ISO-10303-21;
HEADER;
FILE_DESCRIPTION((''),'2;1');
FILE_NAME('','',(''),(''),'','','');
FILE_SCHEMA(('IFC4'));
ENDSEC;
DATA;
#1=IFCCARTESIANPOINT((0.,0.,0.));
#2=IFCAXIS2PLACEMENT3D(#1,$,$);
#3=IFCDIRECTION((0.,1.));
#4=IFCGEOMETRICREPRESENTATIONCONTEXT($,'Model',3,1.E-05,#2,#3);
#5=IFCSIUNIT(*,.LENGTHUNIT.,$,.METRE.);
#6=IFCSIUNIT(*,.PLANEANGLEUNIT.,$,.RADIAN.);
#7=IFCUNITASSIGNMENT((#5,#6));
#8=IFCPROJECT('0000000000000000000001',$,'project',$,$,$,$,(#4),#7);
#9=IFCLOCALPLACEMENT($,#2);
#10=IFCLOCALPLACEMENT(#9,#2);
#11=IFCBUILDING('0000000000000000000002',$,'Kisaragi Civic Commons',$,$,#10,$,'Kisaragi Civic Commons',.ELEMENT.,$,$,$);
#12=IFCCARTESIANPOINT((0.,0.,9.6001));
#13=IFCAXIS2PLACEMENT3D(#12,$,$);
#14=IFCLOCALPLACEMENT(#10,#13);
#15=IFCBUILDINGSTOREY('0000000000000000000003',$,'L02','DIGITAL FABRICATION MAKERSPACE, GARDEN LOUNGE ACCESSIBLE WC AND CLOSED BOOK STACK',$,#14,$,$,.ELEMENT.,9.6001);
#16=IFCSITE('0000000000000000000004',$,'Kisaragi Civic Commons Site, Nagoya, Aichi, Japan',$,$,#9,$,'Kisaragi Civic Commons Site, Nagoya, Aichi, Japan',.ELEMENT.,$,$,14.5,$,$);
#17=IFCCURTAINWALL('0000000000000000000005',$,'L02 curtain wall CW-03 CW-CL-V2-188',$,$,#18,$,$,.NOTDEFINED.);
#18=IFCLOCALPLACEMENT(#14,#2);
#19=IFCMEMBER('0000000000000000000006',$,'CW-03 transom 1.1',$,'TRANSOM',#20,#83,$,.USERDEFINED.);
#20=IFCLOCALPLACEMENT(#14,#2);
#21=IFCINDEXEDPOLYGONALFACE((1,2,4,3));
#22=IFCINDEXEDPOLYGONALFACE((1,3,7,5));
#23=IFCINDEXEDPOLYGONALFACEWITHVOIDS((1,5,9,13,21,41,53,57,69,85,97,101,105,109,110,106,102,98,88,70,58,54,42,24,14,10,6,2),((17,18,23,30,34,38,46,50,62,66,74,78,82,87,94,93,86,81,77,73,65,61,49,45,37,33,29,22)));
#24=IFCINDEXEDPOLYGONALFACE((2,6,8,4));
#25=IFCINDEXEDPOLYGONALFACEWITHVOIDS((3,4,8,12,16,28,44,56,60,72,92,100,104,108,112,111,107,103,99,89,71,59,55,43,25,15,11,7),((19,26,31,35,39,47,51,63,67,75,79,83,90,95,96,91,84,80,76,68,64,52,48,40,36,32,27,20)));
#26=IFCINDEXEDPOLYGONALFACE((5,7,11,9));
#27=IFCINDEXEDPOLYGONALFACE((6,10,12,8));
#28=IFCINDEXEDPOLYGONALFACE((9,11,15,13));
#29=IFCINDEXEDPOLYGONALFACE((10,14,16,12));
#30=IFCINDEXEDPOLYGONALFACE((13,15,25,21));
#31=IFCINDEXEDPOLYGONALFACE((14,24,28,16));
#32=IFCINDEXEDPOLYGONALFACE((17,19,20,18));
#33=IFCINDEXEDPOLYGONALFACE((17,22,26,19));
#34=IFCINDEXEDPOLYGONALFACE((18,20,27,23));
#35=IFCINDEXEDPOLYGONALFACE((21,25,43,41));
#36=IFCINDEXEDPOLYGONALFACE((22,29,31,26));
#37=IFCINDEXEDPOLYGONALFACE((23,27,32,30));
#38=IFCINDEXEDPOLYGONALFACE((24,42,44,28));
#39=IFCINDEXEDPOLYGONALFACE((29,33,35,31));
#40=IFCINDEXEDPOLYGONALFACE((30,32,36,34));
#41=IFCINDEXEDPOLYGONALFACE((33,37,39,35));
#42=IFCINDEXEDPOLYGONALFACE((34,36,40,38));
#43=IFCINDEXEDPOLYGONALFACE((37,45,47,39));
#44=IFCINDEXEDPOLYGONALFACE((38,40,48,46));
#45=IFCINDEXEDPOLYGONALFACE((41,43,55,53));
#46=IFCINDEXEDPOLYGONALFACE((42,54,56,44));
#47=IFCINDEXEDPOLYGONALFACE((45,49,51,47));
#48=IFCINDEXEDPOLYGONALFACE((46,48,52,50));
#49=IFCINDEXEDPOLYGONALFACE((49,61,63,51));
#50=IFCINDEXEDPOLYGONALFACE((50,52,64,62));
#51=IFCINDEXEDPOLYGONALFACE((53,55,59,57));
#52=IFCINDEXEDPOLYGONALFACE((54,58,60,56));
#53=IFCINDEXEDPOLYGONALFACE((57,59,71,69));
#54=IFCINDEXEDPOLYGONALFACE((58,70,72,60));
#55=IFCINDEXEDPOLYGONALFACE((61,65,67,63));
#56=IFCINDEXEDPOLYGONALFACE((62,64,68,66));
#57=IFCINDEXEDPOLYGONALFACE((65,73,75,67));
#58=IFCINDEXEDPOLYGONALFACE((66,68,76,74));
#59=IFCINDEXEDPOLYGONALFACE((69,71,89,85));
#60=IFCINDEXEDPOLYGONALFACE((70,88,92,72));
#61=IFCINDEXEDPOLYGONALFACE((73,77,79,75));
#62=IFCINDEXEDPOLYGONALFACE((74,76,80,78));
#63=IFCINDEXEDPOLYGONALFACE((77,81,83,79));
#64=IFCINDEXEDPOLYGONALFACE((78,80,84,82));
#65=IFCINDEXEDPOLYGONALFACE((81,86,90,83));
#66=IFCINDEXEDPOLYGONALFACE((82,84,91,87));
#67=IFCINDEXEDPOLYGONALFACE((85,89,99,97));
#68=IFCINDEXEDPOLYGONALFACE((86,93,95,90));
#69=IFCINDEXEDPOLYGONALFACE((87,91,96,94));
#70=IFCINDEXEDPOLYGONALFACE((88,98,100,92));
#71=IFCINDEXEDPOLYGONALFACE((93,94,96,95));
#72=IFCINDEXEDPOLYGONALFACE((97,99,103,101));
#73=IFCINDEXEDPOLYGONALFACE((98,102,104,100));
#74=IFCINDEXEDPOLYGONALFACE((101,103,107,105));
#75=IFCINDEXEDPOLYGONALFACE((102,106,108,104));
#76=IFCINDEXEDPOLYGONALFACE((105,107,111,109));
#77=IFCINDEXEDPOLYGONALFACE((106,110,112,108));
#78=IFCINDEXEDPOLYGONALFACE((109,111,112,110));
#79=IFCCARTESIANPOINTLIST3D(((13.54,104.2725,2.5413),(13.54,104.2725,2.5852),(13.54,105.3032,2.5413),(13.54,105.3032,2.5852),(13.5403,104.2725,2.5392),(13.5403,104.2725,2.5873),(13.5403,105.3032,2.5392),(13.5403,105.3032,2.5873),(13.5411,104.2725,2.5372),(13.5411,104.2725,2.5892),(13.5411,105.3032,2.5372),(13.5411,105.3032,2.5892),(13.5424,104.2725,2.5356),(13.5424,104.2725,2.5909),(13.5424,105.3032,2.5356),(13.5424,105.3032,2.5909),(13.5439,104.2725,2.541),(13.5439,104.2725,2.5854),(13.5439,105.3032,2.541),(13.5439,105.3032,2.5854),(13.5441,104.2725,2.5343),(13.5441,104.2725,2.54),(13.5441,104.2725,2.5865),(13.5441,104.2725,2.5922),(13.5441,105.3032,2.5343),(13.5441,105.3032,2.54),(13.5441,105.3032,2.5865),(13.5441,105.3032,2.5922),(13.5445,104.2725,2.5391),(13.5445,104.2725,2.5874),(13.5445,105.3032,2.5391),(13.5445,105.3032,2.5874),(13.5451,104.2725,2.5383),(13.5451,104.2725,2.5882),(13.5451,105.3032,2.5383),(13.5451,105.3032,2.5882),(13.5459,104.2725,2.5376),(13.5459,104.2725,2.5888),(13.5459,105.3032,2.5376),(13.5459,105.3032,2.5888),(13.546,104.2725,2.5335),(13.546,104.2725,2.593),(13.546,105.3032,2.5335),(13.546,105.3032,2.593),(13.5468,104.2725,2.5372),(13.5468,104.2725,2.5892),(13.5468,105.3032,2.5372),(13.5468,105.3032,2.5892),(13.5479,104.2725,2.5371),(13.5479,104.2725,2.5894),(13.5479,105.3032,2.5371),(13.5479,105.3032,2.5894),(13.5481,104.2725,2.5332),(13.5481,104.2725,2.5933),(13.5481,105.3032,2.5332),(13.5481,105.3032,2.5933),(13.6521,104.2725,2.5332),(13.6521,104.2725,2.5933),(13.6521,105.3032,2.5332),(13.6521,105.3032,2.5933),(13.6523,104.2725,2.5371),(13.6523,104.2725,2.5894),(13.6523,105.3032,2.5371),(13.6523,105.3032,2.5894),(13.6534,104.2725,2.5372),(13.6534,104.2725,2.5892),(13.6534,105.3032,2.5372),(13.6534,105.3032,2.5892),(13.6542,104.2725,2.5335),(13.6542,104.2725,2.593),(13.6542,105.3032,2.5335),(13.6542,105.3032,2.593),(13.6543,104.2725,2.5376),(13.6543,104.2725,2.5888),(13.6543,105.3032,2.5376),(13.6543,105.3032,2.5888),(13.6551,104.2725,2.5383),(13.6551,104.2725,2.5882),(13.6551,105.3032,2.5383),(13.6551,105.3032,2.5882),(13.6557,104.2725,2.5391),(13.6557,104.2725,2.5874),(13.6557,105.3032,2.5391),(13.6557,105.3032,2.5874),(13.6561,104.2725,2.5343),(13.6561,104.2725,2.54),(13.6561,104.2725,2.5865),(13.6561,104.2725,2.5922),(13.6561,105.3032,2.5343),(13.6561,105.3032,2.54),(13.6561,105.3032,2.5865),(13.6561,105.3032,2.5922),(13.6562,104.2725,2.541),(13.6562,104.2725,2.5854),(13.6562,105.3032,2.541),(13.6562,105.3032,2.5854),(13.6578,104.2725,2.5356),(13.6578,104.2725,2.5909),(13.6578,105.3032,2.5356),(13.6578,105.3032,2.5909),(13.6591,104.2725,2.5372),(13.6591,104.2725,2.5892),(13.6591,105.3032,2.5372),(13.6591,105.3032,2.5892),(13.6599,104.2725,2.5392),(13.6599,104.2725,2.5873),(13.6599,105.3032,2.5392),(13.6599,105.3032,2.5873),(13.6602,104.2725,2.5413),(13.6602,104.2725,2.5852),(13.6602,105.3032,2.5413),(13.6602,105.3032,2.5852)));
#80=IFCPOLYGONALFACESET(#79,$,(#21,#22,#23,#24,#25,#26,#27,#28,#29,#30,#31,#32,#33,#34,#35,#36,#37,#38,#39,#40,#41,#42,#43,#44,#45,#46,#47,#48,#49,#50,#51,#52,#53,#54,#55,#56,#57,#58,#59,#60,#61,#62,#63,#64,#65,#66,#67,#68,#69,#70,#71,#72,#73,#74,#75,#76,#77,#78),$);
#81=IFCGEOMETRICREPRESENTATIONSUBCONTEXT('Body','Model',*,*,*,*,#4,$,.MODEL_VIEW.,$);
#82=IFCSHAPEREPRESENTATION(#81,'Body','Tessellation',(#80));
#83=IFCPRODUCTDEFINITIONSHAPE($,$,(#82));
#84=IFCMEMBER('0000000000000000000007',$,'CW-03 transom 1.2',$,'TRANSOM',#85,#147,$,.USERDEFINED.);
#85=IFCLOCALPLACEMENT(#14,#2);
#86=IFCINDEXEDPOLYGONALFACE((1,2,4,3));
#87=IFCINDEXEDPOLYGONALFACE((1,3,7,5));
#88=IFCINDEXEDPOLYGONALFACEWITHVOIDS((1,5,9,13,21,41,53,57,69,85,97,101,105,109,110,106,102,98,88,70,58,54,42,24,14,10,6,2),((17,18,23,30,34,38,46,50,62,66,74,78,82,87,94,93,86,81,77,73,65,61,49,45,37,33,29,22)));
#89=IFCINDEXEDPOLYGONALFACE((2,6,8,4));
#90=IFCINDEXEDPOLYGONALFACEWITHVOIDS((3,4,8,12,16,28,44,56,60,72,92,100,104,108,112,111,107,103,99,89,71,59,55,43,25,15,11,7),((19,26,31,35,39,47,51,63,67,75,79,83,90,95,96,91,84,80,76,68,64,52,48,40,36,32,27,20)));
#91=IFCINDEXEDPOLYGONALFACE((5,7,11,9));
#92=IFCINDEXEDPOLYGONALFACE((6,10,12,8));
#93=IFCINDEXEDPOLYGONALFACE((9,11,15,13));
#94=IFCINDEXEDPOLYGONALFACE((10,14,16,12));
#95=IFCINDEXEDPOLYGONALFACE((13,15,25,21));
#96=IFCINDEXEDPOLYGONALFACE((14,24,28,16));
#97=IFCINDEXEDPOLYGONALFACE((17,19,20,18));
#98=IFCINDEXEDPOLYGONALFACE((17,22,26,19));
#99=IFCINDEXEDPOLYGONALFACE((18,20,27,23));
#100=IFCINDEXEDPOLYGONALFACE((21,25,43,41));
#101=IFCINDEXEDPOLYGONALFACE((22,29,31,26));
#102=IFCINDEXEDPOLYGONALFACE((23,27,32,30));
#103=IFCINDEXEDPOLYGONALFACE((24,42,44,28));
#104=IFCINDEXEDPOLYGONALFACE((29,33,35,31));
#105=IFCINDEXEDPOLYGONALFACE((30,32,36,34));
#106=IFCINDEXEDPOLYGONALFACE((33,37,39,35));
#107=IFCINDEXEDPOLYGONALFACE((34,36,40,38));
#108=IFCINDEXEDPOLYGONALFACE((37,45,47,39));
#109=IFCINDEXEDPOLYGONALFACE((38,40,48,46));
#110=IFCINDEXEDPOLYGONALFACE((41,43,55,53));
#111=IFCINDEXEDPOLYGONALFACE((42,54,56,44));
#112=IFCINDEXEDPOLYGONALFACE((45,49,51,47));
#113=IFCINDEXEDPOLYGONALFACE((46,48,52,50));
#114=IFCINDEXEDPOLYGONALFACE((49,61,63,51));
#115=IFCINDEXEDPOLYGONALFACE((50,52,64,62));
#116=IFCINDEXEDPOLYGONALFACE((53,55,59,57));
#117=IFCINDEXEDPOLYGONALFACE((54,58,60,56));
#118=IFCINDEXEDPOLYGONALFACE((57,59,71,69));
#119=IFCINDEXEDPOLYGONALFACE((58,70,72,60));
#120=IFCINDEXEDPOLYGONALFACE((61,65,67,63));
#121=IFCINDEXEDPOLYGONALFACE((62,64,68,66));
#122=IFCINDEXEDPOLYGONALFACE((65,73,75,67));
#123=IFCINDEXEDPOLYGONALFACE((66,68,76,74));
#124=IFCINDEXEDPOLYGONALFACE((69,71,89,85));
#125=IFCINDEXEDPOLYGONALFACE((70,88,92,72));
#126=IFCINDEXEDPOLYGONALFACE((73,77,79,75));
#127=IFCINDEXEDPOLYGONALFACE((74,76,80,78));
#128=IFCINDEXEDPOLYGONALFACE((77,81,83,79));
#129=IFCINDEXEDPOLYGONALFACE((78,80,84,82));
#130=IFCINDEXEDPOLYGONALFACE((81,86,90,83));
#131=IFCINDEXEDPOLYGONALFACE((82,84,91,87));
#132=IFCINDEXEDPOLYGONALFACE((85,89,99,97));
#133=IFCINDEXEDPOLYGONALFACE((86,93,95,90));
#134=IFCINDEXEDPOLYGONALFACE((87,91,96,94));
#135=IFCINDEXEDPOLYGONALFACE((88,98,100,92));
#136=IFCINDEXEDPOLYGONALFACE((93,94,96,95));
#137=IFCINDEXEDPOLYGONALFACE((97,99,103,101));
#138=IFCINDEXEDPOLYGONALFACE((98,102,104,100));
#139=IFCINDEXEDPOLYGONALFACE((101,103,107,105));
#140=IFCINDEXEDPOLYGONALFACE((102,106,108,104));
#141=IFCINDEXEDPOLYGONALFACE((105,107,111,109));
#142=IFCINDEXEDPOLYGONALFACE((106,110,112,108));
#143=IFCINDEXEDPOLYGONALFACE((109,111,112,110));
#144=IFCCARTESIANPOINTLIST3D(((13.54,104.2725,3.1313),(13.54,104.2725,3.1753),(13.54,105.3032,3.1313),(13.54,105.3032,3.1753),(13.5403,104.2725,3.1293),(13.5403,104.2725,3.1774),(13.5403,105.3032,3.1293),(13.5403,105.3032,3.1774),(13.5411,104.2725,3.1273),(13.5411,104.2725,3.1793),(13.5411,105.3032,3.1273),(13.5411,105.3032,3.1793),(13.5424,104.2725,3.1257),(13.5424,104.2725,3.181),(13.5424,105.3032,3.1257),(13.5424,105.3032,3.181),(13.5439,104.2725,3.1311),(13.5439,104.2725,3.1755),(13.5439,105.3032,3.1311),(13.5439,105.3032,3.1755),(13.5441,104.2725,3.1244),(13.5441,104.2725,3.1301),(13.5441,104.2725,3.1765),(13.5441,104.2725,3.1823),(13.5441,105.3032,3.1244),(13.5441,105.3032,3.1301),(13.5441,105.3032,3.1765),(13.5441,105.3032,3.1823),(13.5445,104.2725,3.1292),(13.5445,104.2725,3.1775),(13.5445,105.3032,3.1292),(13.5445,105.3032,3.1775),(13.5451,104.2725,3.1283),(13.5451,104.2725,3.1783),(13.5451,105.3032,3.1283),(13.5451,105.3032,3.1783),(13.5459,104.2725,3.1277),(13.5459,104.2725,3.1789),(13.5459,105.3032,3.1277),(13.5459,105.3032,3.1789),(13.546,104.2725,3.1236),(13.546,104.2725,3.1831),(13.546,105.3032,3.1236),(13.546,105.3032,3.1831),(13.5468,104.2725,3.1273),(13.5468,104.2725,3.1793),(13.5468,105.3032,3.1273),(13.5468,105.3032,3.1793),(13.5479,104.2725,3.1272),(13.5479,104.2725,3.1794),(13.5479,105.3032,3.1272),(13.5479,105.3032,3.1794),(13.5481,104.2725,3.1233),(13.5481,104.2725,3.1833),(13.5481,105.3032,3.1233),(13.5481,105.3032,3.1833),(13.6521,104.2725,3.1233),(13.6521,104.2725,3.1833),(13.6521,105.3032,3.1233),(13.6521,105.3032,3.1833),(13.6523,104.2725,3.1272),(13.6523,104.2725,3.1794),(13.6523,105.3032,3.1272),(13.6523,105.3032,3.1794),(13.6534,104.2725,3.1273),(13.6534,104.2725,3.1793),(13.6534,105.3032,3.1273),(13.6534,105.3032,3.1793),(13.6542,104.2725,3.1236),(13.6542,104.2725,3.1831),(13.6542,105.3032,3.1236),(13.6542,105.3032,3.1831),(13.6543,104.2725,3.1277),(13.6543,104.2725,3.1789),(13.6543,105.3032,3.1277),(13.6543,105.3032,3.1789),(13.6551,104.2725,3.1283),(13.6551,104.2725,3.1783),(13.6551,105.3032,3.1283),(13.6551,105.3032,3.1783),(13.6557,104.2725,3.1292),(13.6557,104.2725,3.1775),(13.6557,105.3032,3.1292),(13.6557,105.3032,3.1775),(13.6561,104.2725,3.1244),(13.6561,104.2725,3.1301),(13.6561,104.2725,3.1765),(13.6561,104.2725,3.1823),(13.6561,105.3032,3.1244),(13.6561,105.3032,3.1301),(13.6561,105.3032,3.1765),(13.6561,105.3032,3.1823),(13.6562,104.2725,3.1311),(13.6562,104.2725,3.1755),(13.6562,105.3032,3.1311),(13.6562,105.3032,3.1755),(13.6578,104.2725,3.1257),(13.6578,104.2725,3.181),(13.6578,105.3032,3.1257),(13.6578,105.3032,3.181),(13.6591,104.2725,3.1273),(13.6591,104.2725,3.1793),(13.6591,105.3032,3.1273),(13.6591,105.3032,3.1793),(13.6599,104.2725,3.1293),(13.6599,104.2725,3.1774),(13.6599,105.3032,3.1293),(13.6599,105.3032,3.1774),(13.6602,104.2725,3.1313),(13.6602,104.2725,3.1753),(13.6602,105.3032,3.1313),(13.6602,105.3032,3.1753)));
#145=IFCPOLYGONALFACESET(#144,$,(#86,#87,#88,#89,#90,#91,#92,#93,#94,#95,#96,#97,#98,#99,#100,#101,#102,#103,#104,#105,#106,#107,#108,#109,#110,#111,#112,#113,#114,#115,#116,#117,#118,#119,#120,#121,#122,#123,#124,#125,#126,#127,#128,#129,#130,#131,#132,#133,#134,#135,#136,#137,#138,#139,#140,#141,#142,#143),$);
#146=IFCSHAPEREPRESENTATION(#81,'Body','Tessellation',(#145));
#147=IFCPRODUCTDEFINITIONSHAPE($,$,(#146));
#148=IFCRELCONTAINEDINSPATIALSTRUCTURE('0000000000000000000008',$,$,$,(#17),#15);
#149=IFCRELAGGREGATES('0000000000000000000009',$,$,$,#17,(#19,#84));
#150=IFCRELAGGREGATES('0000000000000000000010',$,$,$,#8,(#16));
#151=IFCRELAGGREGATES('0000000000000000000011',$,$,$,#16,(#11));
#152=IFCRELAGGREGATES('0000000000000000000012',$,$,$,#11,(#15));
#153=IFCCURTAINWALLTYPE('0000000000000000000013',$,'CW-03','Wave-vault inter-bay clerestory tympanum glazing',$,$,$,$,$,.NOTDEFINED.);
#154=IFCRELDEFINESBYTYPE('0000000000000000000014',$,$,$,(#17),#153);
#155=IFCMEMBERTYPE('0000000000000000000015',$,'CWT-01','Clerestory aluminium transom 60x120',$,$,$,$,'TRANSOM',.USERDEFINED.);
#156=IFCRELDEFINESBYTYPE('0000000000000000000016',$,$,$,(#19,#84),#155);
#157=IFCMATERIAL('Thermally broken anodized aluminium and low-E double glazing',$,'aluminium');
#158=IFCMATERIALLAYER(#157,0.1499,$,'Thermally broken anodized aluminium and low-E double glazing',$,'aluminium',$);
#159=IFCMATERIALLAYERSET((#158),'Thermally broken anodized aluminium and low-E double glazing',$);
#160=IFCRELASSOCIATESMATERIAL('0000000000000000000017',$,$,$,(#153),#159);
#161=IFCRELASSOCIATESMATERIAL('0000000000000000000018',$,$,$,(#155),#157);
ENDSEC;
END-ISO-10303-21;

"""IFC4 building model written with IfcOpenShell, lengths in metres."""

from ifc_helpers import new_model, si_unit, direction, frame, origin, origin_2d, place, context, subcontext, project, spatial, hollow_rectangle, extrude, material, layer, layer_set, material_profile, profile_set, type_object, element, aggregate, save


model = new_model("IFC4")

# Units and contexts
model_context = context("Model", 3, precision=1e-05, world=origin(), true_north=direction((0.0, 1.0)))
body_context = subcontext(model_context, "Body", "Model", "MODEL_VIEW")
ifc_project = project(units=[si_unit("LENGTHUNIT", "METRE"), si_unit("PLANEANGLEUNIT", "RADIAN")], contexts=[model_context])

# Site, building, storey
site_placement = place(None, origin())
site = spatial("IfcSite", under=ifc_project, at=site_placement, Name="Kisaragi Civic Commons Site, Nagoya, Aichi, Japan", LongName="Kisaragi Civic Commons Site, Nagoya, Aichi, Japan", CompositionType="ELEMENT", RefElevation=14.5)
building_placement = place(site_placement, origin())
building = spatial("IfcBuilding", under=site, at=building_placement, Name="Kisaragi Civic Commons", LongName="Kisaragi Civic Commons", CompositionType="ELEMENT")
storey_placement = place(building_placement, frame((0.0, 0.0, 9.6001)))
storey = spatial("IfcBuildingStorey", under=building, at=storey_placement, Name="L02", Description="DIGITAL FABRICATION MAKERSPACE, GARDEN LOUNGE ACCESSIBLE WC AND CLOSED BOOK STACK", CompositionType="ELEMENT", Elevation=9.6001)

# Shared definitions
ifc_material_1 = material(Name="Thermally broken anodized aluminium and low-E double glazing", Category="aluminium")
ifc_layer_1 = layer(ifc_material_1, 0.1499, Name="Thermally broken anodized aluminium and low-E double glazing", Category="aluminium")
ifc_layer_set_1 = layer_set([ifc_layer_1], Name="Thermally broken anodized aluminium and low-E double glazing")
curtain_wall_type = type_object("IfcCurtainWallType", Name="CW-03", Description="Wave-vault inter-bay clerestory tympanum glazing", PredefinedType="NOTDEFINED", material=ifc_layer_set_1)

# Curtain wall
curtain_wall_1_placement = place(storey_placement, origin())
curtain_wall_1 = element("IfcCurtainWall", 1, at=curtain_wall_1_placement, inside=storey, type_object=curtain_wall_type, Name="L02 curtain wall CW-03 CW-CL-V2-188", PredefinedType="NOTDEFINED")

# Members
ifc_material_profile_1 = material_profile(ifc_material_1, hollow_rectangle(XDim=0.1201, YDim=0.0601, WallThickness=0.0039, InnerFilletRadius=0.0039, OuterFilletRadius=0.0081, at=origin_2d()), Name="CWT-60x120x4", Category="aluminium")
ifc_profile_set_1 = profile_set([ifc_material_profile_1], Name="Thermally broken anodized aluminium and low-E double glazing")
member_type_1 = type_object("IfcMemberType", Name="CWT-01", Description="Clerestory aluminium transom 60x120", ElementType="TRANSOM", PredefinedType="USERDEFINED", material=ifc_profile_set_1)
member_1_placement = place(storey_placement, frame((13.6001, 104.2725, 2.5632), z_axis=(0.0, 1.0, 0.0), x_axis=(-1.0, 0.0, 0.0)))
member_1 = element("IfcMember", 2, at=member_1_placement, type_object=member_type_1, Name="CW-03 transom 1.1", ObjectType="TRANSOM", PredefinedType="USERDEFINED", context=body_context, shape_type="SweptSolid", body=[
    extrude(hollow_rectangle(XDim=0.1201, YDim=0.0601, WallThickness=0.0039, InnerFilletRadius=0.0039, OuterFilletRadius=0.0081, at=origin_2d()), origin(), (0.0, 0.0, 1.0), 1.0308),
])
member_2_placement = place(storey_placement, frame((13.6001, 104.2725, 3.1533), z_axis=(0.0, 1.0, 0.0), x_axis=(-1.0, 0.0, 0.0)))
member_2 = element("IfcMember", 3, at=member_2_placement, type_object=member_type_1, Name="CW-03 transom 1.2", ObjectType="TRANSOM", PredefinedType="USERDEFINED", context=body_context, shape_type="SweptSolid", body=[
    extrude(hollow_rectangle(XDim=0.1201, YDim=0.0601, WallThickness=0.0039, InnerFilletRadius=0.0039, OuterFilletRadius=0.0081, at=origin_2d()), origin(), (0.0, 0.0, 1.0), 1.0308),
])

aggregate(curtain_wall_1, [member_1, member_2])

save(model, "model.ifc")
